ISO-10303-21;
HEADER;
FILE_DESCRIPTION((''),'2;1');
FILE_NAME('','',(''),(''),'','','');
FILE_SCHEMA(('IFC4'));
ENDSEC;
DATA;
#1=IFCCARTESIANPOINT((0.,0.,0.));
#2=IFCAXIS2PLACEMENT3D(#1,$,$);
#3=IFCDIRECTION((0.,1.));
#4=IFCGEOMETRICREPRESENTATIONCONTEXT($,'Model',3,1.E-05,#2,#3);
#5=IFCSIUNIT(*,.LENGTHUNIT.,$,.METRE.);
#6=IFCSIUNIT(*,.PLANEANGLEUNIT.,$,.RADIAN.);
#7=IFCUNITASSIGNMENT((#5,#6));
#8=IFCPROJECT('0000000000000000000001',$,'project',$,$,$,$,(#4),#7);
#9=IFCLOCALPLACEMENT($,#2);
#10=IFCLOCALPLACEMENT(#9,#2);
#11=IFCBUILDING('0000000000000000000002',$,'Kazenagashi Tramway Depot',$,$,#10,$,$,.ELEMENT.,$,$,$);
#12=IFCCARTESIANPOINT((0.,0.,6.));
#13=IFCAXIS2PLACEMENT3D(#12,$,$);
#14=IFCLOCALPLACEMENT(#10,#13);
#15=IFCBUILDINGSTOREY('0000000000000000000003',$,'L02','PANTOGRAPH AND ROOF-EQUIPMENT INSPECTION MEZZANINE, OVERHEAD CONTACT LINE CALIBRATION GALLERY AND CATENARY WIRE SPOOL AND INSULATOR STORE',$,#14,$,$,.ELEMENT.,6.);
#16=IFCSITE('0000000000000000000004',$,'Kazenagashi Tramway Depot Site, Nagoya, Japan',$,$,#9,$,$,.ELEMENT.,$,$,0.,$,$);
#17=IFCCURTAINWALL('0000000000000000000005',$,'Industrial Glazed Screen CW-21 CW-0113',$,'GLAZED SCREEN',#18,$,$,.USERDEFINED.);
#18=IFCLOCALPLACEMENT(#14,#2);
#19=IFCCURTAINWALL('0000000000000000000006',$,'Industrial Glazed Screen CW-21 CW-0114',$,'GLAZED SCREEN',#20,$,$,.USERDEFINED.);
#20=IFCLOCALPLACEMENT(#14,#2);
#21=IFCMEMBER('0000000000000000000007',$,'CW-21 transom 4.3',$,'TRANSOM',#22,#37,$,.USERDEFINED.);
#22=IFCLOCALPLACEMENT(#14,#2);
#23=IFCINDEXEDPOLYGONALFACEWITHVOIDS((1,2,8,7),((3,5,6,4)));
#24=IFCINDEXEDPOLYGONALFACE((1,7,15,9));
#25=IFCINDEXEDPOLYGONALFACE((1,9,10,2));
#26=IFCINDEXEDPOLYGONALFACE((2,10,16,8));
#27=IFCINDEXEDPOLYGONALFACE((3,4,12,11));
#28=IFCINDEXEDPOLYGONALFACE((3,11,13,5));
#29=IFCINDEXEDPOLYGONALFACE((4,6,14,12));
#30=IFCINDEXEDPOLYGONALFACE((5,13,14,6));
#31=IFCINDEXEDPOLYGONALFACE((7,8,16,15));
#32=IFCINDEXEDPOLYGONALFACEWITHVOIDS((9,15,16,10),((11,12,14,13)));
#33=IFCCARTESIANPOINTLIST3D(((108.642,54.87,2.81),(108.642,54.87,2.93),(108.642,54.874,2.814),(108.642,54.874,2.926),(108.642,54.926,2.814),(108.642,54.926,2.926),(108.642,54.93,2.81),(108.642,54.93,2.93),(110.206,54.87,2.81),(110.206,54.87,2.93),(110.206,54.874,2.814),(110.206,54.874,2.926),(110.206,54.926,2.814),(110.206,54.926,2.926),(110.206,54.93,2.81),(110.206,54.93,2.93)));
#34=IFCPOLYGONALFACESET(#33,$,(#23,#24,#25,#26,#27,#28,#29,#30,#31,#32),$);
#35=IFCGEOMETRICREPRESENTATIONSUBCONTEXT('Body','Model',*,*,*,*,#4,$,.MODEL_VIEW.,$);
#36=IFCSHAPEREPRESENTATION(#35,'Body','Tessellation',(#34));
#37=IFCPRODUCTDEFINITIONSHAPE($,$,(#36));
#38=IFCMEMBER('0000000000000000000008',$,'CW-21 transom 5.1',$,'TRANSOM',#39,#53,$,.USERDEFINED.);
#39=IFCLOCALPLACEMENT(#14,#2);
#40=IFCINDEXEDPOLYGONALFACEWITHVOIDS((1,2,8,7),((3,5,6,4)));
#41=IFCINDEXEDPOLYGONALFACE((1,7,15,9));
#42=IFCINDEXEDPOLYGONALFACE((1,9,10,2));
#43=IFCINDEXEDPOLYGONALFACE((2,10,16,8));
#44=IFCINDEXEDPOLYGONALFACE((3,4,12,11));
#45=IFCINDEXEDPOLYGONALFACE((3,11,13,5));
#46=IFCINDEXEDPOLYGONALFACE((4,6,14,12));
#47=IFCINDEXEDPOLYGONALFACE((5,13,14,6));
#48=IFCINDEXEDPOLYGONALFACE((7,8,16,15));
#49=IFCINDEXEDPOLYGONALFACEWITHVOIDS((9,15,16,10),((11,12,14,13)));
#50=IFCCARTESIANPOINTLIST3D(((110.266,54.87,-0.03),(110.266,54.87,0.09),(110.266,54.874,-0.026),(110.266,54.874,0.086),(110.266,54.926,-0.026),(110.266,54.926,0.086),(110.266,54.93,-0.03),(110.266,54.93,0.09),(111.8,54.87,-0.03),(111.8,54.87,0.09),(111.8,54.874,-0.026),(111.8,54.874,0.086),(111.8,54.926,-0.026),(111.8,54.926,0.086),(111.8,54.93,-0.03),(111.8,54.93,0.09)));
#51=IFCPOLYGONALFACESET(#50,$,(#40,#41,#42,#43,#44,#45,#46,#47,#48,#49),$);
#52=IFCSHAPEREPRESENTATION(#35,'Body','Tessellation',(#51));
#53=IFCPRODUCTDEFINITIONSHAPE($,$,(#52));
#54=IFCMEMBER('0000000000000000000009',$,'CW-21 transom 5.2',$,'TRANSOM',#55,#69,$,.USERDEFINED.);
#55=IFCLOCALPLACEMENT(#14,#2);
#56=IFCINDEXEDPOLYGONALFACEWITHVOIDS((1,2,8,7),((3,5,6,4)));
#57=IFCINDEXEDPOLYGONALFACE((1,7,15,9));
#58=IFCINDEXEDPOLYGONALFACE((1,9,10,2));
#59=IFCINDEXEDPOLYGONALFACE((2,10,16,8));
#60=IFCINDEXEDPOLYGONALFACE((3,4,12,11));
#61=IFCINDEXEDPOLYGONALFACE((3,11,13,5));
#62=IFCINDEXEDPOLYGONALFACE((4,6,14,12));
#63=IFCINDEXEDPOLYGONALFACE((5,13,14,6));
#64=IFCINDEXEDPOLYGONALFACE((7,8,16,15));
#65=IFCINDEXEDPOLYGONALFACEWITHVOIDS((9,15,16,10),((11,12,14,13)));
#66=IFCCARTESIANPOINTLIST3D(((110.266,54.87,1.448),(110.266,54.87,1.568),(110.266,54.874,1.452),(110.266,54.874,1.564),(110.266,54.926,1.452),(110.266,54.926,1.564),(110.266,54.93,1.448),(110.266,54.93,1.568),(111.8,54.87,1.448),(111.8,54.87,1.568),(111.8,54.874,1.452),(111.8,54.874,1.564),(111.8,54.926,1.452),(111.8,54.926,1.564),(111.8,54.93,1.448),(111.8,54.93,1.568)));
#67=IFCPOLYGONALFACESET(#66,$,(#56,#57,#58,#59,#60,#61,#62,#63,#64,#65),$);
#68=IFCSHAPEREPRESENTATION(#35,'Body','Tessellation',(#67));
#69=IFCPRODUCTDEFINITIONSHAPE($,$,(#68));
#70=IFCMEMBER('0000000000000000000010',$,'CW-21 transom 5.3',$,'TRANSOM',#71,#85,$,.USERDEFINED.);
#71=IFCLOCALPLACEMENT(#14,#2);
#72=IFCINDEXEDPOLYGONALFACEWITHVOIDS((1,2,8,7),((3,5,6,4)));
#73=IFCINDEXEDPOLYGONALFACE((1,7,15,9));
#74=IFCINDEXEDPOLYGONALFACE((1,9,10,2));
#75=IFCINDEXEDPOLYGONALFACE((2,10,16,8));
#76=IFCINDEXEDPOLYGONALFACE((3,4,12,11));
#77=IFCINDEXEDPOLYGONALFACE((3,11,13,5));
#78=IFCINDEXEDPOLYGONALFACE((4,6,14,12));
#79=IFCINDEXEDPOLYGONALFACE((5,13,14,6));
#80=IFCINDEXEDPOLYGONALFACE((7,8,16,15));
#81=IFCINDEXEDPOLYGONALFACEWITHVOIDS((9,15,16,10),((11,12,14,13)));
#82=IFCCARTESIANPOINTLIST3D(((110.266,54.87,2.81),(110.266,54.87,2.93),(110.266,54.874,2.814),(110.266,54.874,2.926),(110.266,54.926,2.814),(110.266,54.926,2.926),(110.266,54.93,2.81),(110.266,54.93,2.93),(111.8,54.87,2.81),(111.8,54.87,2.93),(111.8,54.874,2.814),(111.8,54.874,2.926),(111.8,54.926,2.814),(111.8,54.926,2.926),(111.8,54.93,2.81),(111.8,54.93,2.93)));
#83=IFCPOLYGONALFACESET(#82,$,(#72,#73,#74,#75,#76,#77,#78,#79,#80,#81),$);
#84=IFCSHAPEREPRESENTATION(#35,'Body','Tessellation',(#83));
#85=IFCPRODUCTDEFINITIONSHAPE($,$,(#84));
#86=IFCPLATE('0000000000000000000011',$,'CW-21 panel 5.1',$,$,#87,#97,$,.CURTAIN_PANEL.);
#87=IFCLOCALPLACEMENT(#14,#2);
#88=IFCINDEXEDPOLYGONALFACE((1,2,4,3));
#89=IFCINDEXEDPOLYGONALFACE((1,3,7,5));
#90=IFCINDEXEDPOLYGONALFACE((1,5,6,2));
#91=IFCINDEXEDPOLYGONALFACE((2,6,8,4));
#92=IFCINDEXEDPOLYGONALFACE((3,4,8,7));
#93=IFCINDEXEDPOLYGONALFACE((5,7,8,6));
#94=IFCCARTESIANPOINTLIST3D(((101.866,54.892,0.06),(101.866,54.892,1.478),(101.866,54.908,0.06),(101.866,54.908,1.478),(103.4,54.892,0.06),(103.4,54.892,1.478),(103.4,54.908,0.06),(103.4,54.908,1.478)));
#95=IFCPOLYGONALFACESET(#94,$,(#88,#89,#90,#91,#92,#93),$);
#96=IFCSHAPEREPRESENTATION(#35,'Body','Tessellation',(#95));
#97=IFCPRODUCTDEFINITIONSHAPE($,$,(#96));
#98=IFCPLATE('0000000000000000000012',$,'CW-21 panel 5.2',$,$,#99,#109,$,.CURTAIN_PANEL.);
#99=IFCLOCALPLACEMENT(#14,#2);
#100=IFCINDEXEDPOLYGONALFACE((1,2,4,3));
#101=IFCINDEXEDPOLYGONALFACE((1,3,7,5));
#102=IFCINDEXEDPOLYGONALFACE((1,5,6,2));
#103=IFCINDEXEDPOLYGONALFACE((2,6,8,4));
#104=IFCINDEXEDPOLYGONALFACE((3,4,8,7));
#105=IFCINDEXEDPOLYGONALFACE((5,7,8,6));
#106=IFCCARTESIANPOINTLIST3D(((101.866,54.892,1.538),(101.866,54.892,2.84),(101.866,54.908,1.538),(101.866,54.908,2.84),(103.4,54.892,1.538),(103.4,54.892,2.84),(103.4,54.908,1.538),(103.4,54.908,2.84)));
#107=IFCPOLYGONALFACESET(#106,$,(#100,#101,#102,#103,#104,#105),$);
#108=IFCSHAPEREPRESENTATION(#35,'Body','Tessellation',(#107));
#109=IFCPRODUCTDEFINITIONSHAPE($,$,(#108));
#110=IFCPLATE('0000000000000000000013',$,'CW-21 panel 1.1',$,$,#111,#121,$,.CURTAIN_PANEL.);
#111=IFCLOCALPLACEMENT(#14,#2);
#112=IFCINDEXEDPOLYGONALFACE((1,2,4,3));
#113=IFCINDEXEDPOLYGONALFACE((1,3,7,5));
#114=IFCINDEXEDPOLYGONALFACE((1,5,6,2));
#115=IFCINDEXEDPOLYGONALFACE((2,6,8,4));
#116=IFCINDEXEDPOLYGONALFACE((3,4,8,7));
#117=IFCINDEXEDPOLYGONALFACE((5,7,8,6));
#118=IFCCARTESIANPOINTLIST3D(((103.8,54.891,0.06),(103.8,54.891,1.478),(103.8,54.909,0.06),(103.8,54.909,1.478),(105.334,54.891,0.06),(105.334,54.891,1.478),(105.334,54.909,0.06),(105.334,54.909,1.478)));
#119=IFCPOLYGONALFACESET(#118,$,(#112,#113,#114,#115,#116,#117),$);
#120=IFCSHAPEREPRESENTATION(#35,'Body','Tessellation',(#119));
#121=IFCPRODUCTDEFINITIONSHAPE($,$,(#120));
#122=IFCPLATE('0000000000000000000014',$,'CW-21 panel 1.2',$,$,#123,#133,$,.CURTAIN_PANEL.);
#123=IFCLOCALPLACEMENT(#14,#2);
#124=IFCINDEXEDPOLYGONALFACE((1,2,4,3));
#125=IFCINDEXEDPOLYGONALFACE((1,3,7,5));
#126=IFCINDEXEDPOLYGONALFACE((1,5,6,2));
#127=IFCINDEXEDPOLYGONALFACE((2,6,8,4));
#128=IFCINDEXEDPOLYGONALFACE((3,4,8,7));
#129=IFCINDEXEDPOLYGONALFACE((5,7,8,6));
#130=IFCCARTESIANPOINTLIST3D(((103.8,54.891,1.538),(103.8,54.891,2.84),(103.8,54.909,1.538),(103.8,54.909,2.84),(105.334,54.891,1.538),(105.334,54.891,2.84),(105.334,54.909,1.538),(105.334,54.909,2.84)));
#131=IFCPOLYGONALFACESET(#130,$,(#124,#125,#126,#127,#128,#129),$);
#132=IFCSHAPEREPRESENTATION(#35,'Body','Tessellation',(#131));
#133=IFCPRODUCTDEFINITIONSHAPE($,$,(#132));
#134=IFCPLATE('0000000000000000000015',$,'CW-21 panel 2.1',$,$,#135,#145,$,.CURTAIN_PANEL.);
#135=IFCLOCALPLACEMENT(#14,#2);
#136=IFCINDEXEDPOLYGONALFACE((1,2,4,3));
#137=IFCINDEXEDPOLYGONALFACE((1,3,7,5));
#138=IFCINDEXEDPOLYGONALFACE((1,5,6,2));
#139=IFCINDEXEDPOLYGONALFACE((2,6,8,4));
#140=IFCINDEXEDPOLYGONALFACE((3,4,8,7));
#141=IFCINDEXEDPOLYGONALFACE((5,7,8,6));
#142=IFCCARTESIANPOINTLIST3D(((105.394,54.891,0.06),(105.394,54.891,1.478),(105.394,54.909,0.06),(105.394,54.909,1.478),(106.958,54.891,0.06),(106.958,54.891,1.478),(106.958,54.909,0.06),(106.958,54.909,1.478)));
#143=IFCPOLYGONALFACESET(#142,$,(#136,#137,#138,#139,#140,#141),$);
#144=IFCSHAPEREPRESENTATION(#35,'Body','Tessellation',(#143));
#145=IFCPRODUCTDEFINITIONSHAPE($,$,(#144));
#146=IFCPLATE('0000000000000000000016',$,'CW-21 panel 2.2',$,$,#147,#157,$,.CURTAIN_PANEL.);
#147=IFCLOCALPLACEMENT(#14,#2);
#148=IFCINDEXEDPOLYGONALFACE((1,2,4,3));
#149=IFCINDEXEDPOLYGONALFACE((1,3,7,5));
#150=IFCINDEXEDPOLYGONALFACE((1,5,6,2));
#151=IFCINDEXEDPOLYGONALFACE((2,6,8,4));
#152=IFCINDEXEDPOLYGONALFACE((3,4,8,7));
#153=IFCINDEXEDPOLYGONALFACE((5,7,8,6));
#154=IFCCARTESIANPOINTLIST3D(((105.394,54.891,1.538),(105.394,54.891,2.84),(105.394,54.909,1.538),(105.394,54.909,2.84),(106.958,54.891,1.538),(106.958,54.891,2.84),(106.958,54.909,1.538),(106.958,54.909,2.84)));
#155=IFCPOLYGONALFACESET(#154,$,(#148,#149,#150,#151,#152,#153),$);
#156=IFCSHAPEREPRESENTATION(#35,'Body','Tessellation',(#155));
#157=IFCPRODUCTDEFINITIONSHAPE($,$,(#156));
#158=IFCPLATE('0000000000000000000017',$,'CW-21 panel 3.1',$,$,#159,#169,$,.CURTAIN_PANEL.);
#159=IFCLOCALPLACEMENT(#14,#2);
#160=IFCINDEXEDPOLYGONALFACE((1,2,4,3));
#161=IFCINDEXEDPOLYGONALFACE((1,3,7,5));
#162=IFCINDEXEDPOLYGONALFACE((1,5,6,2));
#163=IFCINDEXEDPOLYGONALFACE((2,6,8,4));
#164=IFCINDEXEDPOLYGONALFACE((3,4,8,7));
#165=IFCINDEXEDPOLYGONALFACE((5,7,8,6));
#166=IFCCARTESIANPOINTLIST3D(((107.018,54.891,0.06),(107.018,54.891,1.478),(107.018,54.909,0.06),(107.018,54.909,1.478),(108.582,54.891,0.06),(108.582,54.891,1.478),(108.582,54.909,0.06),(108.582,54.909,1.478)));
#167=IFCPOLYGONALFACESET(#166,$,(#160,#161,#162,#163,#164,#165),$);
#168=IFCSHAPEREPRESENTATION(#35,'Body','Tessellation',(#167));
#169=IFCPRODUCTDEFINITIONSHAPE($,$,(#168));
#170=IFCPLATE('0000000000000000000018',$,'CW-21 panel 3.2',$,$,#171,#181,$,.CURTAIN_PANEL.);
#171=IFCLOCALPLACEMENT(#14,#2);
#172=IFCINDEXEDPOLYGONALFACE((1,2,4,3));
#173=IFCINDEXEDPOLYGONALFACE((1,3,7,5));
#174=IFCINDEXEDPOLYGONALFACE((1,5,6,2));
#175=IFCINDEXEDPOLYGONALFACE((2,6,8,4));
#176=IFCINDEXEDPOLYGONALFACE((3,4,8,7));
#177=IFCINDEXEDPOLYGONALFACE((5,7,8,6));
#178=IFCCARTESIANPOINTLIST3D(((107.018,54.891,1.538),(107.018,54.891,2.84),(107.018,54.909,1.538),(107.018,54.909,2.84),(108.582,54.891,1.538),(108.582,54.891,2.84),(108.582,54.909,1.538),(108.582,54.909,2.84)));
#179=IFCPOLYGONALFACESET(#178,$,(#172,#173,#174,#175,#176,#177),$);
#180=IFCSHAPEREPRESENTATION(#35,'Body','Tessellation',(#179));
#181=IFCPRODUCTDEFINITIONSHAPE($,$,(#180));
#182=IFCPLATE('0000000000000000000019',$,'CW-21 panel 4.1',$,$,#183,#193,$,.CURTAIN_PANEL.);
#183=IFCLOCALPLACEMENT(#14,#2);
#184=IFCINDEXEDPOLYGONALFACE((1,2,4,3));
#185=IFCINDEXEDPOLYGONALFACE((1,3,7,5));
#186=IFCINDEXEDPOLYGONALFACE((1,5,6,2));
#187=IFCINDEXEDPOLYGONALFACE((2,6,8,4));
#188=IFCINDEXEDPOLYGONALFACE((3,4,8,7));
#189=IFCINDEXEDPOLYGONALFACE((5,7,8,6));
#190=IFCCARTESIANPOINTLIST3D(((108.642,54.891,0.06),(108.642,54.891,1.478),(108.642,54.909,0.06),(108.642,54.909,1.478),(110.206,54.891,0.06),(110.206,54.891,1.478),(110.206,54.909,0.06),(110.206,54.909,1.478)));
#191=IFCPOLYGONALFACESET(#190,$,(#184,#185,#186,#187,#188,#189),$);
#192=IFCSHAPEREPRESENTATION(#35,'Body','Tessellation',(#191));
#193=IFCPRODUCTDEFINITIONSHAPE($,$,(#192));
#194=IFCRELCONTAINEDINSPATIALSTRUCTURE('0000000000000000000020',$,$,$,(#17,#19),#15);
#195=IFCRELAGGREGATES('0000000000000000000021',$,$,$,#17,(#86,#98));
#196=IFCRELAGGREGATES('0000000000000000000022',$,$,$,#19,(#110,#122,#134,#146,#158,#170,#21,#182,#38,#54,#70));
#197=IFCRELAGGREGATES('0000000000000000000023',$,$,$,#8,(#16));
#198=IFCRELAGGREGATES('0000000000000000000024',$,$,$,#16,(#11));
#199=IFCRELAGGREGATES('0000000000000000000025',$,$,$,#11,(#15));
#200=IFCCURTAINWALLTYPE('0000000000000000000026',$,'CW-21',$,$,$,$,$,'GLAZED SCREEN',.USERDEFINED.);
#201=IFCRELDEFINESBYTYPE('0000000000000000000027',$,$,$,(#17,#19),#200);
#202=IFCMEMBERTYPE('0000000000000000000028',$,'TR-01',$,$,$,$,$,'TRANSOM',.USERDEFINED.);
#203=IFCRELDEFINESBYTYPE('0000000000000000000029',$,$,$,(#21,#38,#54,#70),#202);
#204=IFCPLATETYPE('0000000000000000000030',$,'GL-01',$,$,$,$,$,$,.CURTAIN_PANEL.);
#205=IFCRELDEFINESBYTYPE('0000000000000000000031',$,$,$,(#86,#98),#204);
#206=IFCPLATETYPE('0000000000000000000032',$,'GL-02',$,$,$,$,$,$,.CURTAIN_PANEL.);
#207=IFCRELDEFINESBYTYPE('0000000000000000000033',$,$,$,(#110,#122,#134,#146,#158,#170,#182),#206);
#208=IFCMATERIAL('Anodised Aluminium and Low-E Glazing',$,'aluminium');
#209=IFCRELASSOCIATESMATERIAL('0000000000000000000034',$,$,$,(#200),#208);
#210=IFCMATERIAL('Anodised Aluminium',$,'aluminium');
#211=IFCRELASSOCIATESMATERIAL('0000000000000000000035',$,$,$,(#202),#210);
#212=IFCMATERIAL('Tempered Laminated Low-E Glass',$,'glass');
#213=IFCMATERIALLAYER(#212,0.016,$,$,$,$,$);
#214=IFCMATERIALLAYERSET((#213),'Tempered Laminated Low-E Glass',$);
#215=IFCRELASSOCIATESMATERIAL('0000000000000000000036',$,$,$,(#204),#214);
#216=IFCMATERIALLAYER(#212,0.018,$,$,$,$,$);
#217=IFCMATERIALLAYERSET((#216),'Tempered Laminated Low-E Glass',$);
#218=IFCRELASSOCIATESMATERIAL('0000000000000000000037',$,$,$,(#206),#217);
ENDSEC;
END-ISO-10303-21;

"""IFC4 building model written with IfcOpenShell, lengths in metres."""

from ifc_helpers import new_model, si_unit, direction, frame, origin, origin_2d, place, context, subcontext, project, spatial, rectangle, hollow_rectangle, extrude, material, layer, layer_set, material_profile, profile_set, type_object, element, aggregate, save


model = new_model("IFC4")

# Units and contexts
model_context = context("Model", 3, precision=1e-05, world=origin(), true_north=direction((0.0, 1.0)))
body_context = subcontext(model_context, "Body", "Model", "MODEL_VIEW")
ifc_project = project(units=[si_unit("LENGTHUNIT", "METRE"), si_unit("PLANEANGLEUNIT", "RADIAN")], contexts=[model_context])

# Site, building, storey
site_placement = place(None, origin())
site = spatial("IfcSite", under=ifc_project, at=site_placement, Name="Kazenagashi Tramway Depot Site, Nagoya, Japan", CompositionType="ELEMENT", RefElevation=0.0)
building_placement = place(site_placement, origin())
building = spatial("IfcBuilding", under=site, at=building_placement, Name="Kazenagashi Tramway Depot", CompositionType="ELEMENT")
storey_placement = place(building_placement, frame((0.0, 0.0, 6.0)))
storey = spatial("IfcBuildingStorey", under=building, at=storey_placement, Name="L02", Description="PANTOGRAPH AND ROOF-EQUIPMENT INSPECTION MEZZANINE, OVERHEAD CONTACT LINE CALIBRATION GALLERY AND CATENARY WIRE SPOOL AND INSULATOR STORE", CompositionType="ELEMENT", Elevation=6.0)

# Curtain wall
ifc_material_1 = material(Name="Anodised Aluminium and Low-E Glazing", Category="aluminium")
curtain_wall_type = type_object("IfcCurtainWallType", Name="CW-21", ElementType="GLAZED SCREEN", PredefinedType="USERDEFINED", material=ifc_material_1)
curtain_wall_1_placement = place(storey_placement, origin())
curtain_wall_1 = element("IfcCurtainWall", 1, at=curtain_wall_1_placement, inside=storey, type_object=curtain_wall_type, Name="Industrial Glazed Screen CW-21 CW-0113", ObjectType="GLAZED SCREEN", PredefinedType="USERDEFINED")
ifc_material_2 = material(Name="Anodised Aluminium", Category="aluminium")

# Curtain wall
curtain_wall_2_placement = place(storey_placement, origin())
curtain_wall_2 = element("IfcCurtainWall", 2, at=curtain_wall_2_placement, inside=storey, type_object=curtain_wall_type, Name="Industrial Glazed Screen CW-21 CW-0114", ObjectType="GLAZED SCREEN", PredefinedType="USERDEFINED")

# Members
ifc_material_profile_1 = material_profile(ifc_material_2, hollow_rectangle(XDim=0.06, YDim=0.12, WallThickness=0.004, at=origin_2d()), Name="RHS-120x60x4")
ifc_profile_set_1 = profile_set([ifc_material_profile_1], Name="Anodised Aluminium")
member_type_1 = type_object("IfcMemberType", Name="TR-01", ElementType="TRANSOM", PredefinedType="USERDEFINED", material=ifc_profile_set_1)
member_1_placement = place(storey_placement, frame((108.642, 54.9, 2.87), z_axis=(1.0, 0.0, 0.0), x_axis=(0.0, 1.0, 0.0)))
member_1 = element("IfcMember", 3, at=member_1_placement, type_object=member_type_1, Name="CW-21 transom 4.3", ObjectType="TRANSOM", PredefinedType="USERDEFINED", context=body_context, shape_type="SweptSolid", body=[
    extrude(hollow_rectangle(XDim=0.06, YDim=0.12, WallThickness=0.004, at=origin_2d()), origin(), (0.0, 0.0, 1.0), 1.564),
])
member_2_placement = place(storey_placement, frame((110.266, 54.9, 0.03), z_axis=(1.0, 0.0, 0.0), x_axis=(0.0, 1.0, 0.0)))
member_2 = element("IfcMember", 4, at=member_2_placement, type_object=member_type_1, Name="CW-21 transom 5.1", ObjectType="TRANSOM", PredefinedType="USERDEFINED", context=body_context, shape_type="SweptSolid", body=[
    extrude(hollow_rectangle(XDim=0.06, YDim=0.12, WallThickness=0.004, at=origin_2d()), origin(), (0.0, 0.0, 1.0), 1.534),
])
member_3_placement = place(storey_placement, frame((110.266, 54.9, 1.508), z_axis=(1.0, 0.0, 0.0), x_axis=(0.0, 1.0, 0.0)))
member_3 = element("IfcMember", 5, at=member_3_placement, type_object=member_type_1, Name="CW-21 transom 5.2", ObjectType="TRANSOM", PredefinedType="USERDEFINED", context=body_context, shape_type="SweptSolid", body=[
    extrude(hollow_rectangle(XDim=0.06, YDim=0.12, WallThickness=0.004, at=origin_2d()), origin(), (0.0, 0.0, 1.0), 1.534),
])
member_4_placement = place(storey_placement, frame((110.266, 54.9, 2.87), z_axis=(1.0, 0.0, 0.0), x_axis=(0.0, 1.0, 0.0)))
member_4 = element("IfcMember", 6, at=member_4_placement, type_object=member_type_1, Name="CW-21 transom 5.3", ObjectType="TRANSOM", PredefinedType="USERDEFINED", context=body_context, shape_type="SweptSolid", body=[
    extrude(hollow_rectangle(XDim=0.06, YDim=0.12, WallThickness=0.004, at=origin_2d()), origin(), (0.0, 0.0, 1.0), 1.534),
])

# Plates
ifc_material_3 = material(Name="Tempered Laminated Low-E Glass", Category="glass")
ifc_layer_1 = layer(ifc_material_3, 0.016)
ifc_layer_set_1 = layer_set([ifc_layer_1], Name="Tempered Laminated Low-E Glass")
plate_type_1 = type_object("IfcPlateType", Name="GL-01", PredefinedType="CURTAIN_PANEL", material=ifc_layer_set_1)
plate_1_placement = place(storey_placement, frame((102.633, 54.9, 0.06), z_axis=(0.0, 0.0, 1.0), x_axis=(1.0, 0.0, 0.0)))
plate_1 = element("IfcPlate", 7, at=plate_1_placement, type_object=plate_type_1, Name="CW-21 panel 5.1", PredefinedType="CURTAIN_PANEL", context=body_context, shape_type="SweptSolid", body=[
    extrude(rectangle(XDim=1.534, YDim=0.016, at=origin_2d()), origin(), (0.0, 0.0, 1.0), 1.418),
])
plate_2_placement = place(storey_placement, frame((102.633, 54.9, 1.538), z_axis=(0.0, 0.0, 1.0), x_axis=(1.0, 0.0, 0.0)))
plate_2 = element("IfcPlate", 8, at=plate_2_placement, type_object=plate_type_1, Name="CW-21 panel 5.2", PredefinedType="CURTAIN_PANEL", context=body_context, shape_type="SweptSolid", body=[
    extrude(rectangle(XDim=1.534, YDim=0.016, at=origin_2d()), origin(), (0.0, 0.0, 1.0), 1.302),
])
aggregate(curtain_wall_1, [plate_1, plate_2])
ifc_layer_2 = layer(ifc_material_3, 0.018)
ifc_layer_set_2 = layer_set([ifc_layer_2], Name="Tempered Laminated Low-E Glass")
plate_type_2 = type_object("IfcPlateType", Name="GL-02", PredefinedType="CURTAIN_PANEL", material=ifc_layer_set_2)
plate_3_placement = place(storey_placement, frame((104.567, 54.9, 0.06), z_axis=(0.0, 0.0, 1.0), x_axis=(1.0, 0.0, 0.0)))
plate_3 = element("IfcPlate", 9, at=plate_3_placement, type_object=plate_type_2, Name="CW-21 panel 1.1", PredefinedType="CURTAIN_PANEL", context=body_context, shape_type="SweptSolid", body=[
    extrude(rectangle(XDim=1.534, YDim=0.018, at=origin_2d()), origin(), (0.0, 0.0, 1.0), 1.418),
])
plate_4_placement = place(storey_placement, frame((104.567, 54.9, 1.538), z_axis=(0.0, 0.0, 1.0), x_axis=(1.0, 0.0, 0.0)))
plate_4 = element("IfcPlate", 10, at=plate_4_placement, type_object=plate_type_2, Name="CW-21 panel 1.2", PredefinedType="CURTAIN_PANEL", context=body_context, shape_type="SweptSolid", body=[
    extrude(rectangle(XDim=1.534, YDim=0.018, at=origin_2d()), origin(), (0.0, 0.0, 1.0), 1.302),
])
plate_5_placement = place(storey_placement, frame((106.176, 54.9, 0.06), z_axis=(0.0, 0.0, 1.0), x_axis=(1.0, 0.0, 0.0)))
plate_5 = element("IfcPlate", 11, at=plate_5_placement, type_object=plate_type_2, Name="CW-21 panel 2.1", PredefinedType="CURTAIN_PANEL", context=body_context, shape_type="SweptSolid", body=[
    extrude(rectangle(XDim=1.564, YDim=0.018, at=origin_2d()), origin(), (0.0, 0.0, 1.0), 1.418),
])
plate_6_placement = place(storey_placement, frame((106.176, 54.9, 1.538), z_axis=(0.0, 0.0, 1.0), x_axis=(1.0, 0.0, 0.0)))
plate_6 = element("IfcPlate", 12, at=plate_6_placement, type_object=plate_type_2, Name="CW-21 panel 2.2", PredefinedType="CURTAIN_PANEL", context=body_context, shape_type="SweptSolid", body=[
    extrude(rectangle(XDim=1.564, YDim=0.018, at=origin_2d()), origin(), (0.0, 0.0, 1.0), 1.302),
])
plate_7_placement = place(storey_placement, frame((107.8, 54.9, 0.06), z_axis=(0.0, 0.0, 1.0), x_axis=(1.0, 0.0, 0.0)))
plate_7 = element("IfcPlate", 13, at=plate_7_placement, type_object=plate_type_2, Name="CW-21 panel 3.1", PredefinedType="CURTAIN_PANEL", context=body_context, shape_type="SweptSolid", body=[
    extrude(rectangle(XDim=1.564, YDim=0.018, at=origin_2d()), origin(), (0.0, 0.0, 1.0), 1.418),
])
plate_8_placement = place(storey_placement, frame((107.8, 54.9, 1.538), z_axis=(0.0, 0.0, 1.0), x_axis=(1.0, 0.0, 0.0)))
plate_8 = element("IfcPlate", 14, at=plate_8_placement, type_object=plate_type_2, Name="CW-21 panel 3.2", PredefinedType="CURTAIN_PANEL", context=body_context, shape_type="SweptSolid", body=[
    extrude(rectangle(XDim=1.564, YDim=0.018, at=origin_2d()), origin(), (0.0, 0.0, 1.0), 1.302),
])
plate_9_placement = place(storey_placement, frame((109.424, 54.9, 0.06), z_axis=(0.0, 0.0, 1.0), x_axis=(1.0, 0.0, 0.0)))
plate_9 = element("IfcPlate", 15, at=plate_9_placement, type_object=plate_type_2, Name="CW-21 panel 4.1", PredefinedType="CURTAIN_PANEL", context=body_context, shape_type="SweptSolid", body=[
    extrude(rectangle(XDim=1.564, YDim=0.018, at=origin_2d()), origin(), (0.0, 0.0, 1.0), 1.418),
])
aggregate(curtain_wall_2, [plate_3, plate_4, plate_5, plate_6, plate_7, plate_8, member_1, plate_9, member_2, member_3, member_4])

save(model, "model.ifc")
